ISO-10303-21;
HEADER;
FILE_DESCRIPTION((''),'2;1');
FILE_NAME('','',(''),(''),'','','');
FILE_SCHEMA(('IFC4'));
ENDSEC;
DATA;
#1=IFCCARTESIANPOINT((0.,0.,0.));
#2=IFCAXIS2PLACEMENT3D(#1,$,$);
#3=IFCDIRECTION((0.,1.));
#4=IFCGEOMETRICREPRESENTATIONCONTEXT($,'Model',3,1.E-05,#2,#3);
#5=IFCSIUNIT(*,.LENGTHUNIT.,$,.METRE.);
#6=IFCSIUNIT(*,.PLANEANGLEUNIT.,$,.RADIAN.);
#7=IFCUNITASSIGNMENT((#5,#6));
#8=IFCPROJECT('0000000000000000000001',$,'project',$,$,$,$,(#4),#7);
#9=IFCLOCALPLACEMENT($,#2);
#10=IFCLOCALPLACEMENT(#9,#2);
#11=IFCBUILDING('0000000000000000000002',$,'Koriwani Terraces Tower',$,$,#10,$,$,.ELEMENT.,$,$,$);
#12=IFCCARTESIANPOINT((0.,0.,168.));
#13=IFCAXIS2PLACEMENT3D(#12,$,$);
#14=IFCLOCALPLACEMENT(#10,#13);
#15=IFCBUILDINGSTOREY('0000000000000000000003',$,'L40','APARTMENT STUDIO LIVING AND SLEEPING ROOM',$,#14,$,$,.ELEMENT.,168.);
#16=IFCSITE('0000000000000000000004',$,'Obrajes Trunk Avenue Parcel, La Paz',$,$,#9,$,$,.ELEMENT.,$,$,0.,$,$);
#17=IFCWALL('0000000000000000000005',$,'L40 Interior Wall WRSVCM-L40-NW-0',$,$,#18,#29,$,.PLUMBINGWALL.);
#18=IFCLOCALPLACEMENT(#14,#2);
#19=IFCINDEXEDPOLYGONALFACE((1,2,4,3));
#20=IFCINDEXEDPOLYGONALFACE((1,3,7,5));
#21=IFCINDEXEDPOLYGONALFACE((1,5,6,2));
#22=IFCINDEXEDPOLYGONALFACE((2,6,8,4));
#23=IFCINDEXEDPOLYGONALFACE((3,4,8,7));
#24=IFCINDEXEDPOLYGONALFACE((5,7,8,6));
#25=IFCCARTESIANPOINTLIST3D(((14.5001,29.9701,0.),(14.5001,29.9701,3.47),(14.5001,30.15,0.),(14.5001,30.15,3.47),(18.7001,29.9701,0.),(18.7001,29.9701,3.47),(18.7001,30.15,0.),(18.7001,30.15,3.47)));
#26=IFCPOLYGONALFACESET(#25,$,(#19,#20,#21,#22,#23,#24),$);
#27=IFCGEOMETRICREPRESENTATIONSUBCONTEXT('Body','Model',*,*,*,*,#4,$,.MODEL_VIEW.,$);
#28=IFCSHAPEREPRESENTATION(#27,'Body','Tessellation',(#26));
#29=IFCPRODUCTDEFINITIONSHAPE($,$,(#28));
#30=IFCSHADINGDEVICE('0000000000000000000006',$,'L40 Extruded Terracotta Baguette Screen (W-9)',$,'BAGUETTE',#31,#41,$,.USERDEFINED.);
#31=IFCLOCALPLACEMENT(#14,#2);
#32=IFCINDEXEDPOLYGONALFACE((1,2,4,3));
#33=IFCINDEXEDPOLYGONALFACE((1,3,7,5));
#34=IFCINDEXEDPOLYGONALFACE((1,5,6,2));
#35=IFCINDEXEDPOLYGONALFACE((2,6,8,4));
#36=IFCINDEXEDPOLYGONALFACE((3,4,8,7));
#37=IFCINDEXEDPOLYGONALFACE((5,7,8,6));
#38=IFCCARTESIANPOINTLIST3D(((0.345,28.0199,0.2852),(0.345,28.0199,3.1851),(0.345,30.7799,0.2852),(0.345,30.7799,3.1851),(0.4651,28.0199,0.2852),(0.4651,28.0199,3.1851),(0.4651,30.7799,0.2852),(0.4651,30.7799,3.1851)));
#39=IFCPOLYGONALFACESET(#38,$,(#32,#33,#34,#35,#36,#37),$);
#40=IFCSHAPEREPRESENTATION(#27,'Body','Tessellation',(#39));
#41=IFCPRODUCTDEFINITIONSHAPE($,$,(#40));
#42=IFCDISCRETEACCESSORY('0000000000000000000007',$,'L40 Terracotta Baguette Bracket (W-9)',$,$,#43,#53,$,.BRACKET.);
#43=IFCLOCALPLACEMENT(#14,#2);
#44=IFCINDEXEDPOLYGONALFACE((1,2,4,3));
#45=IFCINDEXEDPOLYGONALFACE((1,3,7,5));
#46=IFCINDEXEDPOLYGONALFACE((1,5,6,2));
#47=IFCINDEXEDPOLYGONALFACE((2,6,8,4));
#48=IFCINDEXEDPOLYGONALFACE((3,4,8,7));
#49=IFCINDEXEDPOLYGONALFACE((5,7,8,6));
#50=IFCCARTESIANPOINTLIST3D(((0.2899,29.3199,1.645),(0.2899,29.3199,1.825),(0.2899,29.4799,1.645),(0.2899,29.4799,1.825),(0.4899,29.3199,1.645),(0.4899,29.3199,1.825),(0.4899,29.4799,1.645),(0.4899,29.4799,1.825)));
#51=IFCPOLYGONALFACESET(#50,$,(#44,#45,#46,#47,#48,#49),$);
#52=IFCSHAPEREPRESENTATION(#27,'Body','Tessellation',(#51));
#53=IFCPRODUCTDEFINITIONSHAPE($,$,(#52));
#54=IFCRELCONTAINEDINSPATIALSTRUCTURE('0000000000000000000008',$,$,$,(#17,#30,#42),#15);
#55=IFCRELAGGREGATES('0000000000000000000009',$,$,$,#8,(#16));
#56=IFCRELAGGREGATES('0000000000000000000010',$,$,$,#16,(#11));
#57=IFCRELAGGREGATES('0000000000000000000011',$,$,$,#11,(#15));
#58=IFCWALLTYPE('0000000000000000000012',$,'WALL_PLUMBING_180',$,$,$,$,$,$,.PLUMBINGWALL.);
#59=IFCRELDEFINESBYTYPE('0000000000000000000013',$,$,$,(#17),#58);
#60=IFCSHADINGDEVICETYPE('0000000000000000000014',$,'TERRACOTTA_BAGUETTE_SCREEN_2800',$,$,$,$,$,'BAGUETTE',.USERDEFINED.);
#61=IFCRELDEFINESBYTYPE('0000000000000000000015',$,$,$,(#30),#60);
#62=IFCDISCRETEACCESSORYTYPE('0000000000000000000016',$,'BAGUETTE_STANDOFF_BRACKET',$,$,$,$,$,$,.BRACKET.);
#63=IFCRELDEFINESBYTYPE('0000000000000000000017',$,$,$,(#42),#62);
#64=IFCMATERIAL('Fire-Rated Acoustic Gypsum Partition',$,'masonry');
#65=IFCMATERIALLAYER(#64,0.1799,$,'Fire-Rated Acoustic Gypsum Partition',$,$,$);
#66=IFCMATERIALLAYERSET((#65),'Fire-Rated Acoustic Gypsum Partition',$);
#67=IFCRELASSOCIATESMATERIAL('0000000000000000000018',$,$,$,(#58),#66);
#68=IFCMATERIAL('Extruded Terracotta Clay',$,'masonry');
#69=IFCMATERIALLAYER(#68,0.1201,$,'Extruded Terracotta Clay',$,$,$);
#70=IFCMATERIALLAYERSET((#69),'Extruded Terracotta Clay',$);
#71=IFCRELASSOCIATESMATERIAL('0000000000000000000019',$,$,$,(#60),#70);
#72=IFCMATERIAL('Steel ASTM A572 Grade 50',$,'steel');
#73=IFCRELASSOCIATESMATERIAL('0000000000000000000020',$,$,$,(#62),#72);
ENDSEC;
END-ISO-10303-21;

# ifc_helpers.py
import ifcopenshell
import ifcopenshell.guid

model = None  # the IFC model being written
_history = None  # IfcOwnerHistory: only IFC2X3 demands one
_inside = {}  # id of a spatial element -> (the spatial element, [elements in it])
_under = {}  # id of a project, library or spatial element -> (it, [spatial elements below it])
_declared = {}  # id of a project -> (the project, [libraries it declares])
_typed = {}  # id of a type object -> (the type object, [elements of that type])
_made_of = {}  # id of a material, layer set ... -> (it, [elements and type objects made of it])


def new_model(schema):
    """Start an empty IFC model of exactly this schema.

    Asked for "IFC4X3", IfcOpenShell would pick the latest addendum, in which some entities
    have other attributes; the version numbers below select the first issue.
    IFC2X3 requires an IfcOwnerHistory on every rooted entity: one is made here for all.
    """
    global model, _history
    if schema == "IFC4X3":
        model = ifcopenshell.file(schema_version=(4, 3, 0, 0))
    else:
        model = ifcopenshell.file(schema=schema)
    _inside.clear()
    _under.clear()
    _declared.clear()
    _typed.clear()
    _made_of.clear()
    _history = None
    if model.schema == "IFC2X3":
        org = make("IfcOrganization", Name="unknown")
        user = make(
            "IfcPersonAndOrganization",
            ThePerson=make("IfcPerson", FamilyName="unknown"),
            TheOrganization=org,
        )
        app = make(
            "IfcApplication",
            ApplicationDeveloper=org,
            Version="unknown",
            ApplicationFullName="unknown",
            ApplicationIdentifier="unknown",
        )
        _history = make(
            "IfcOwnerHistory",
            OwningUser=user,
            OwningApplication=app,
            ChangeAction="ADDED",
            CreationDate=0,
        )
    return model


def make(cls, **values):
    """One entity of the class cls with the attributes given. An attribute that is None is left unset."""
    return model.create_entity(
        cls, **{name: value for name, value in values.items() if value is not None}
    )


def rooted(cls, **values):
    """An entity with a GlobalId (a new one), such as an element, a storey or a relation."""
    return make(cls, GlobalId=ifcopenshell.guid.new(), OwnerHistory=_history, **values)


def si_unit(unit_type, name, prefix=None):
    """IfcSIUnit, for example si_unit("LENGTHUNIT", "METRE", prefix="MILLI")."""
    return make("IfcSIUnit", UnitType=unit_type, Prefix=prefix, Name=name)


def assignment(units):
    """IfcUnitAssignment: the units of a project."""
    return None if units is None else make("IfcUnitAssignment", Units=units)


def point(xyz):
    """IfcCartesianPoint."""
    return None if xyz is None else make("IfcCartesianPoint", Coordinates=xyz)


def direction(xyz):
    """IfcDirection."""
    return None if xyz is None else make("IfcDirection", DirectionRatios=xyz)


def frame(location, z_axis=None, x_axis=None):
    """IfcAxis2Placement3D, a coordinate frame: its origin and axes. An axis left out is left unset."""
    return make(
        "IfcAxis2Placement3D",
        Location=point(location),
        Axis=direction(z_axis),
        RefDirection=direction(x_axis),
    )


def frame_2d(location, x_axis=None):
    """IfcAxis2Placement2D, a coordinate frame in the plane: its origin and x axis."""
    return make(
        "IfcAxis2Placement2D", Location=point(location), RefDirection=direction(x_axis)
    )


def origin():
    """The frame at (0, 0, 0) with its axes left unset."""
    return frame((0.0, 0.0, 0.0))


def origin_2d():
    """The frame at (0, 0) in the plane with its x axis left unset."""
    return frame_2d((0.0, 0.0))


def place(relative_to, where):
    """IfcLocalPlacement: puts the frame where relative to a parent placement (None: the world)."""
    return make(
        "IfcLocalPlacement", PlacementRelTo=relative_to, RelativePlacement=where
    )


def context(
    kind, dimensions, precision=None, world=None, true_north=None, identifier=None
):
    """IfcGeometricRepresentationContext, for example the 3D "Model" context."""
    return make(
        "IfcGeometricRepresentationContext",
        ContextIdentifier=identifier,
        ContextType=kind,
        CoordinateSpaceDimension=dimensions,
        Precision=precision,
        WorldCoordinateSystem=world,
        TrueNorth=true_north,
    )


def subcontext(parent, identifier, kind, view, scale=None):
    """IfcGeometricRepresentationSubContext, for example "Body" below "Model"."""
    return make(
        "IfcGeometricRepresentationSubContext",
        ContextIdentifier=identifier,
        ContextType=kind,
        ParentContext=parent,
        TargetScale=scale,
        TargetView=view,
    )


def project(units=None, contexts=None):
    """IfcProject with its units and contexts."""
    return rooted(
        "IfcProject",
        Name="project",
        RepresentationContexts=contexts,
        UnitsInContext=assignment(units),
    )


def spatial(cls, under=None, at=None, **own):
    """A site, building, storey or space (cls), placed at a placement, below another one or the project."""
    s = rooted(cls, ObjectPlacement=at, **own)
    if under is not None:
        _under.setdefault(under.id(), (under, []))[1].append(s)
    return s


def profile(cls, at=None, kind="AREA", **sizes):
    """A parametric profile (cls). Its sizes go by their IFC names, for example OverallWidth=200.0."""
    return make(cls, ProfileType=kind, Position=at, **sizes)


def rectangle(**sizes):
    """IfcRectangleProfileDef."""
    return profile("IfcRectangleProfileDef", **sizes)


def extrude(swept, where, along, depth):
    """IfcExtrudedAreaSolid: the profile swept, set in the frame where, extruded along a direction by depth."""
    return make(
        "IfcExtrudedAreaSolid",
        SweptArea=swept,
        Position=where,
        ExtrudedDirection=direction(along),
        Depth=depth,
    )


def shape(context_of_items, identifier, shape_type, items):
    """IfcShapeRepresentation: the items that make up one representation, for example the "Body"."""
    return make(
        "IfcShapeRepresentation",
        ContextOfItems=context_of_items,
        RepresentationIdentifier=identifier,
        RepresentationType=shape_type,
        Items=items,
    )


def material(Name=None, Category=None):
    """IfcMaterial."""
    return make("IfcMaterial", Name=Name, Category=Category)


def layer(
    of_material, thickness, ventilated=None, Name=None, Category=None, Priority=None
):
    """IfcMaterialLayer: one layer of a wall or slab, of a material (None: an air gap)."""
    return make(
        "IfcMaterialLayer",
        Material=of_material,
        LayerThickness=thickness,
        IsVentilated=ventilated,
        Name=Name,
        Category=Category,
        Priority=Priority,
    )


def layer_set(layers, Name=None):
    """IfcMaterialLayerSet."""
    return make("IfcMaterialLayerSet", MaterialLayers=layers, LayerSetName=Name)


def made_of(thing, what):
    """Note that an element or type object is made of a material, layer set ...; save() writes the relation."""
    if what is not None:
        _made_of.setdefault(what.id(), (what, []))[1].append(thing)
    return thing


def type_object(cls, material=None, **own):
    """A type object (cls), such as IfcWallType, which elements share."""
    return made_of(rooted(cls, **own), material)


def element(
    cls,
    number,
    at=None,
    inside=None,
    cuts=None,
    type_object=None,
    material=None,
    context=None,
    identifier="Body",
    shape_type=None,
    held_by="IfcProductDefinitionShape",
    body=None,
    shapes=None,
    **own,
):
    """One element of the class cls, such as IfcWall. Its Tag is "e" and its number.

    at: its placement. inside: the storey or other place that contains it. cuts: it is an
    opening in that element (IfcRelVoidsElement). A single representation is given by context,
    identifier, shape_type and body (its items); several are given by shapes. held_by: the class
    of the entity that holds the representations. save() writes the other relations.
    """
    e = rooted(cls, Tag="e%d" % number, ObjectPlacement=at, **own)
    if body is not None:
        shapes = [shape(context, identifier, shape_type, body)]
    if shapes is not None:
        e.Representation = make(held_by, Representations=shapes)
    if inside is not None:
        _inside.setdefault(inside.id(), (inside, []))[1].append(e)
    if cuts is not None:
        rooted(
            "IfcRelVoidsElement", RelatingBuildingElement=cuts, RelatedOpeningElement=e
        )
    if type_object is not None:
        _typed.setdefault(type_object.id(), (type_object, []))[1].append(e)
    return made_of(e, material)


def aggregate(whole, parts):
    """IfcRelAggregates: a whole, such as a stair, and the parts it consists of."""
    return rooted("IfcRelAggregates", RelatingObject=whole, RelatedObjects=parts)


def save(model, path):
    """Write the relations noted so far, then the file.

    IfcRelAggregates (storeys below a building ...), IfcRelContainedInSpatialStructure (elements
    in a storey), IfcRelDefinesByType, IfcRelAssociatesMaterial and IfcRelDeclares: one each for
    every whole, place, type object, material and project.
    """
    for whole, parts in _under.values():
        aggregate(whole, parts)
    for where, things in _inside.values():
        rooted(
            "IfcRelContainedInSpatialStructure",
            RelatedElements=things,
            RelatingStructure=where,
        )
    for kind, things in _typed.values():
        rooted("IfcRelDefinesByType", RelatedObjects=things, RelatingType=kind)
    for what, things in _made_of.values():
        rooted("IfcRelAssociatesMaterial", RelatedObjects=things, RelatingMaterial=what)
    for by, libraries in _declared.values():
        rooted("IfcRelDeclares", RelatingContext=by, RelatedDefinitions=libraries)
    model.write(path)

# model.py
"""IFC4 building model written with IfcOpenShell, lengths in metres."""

from ifc_helpers import new_model, si_unit, direction, frame, frame_2d, origin, origin_2d, place, context, subcontext, project, spatial, rectangle, extrude, material, layer, layer_set, type_object, element, save


model = new_model("IFC4")

# Units and contexts
model_context = context("Model", 3, precision=1e-05, world=origin(), true_north=direction((0.0, 1.0)))
body_context = subcontext(model_context, "Body", "Model", "MODEL_VIEW")
ifc_project = project(units=[si_unit("LENGTHUNIT", "METRE"), si_unit("PLANEANGLEUNIT", "RADIAN")], contexts=[model_context])

# Site, building, storey
site_placement = place(None, origin())
site = spatial("IfcSite", under=ifc_project, at=site_placement, Name="Obrajes Trunk Avenue Parcel, La Paz", CompositionType="ELEMENT", RefElevation=0.0)
building_placement = place(site_placement, origin())
building = spatial("IfcBuilding", under=site, at=building_placement, Name="Koriwani Terraces Tower", CompositionType="ELEMENT")
storey_placement = place(building_placement, frame((0.0, 0.0, 168.0)))
storey = spatial("IfcBuildingStorey", under=building, at=storey_placement, Name="L40", Description="APARTMENT STUDIO LIVING AND SLEEPING ROOM", CompositionType="ELEMENT", Elevation=168.0)

# Shared definitions
ifc_material_1 = material(Name="Steel ASTM A572 Grade 50", Category="steel")

# Shared definitions
ifc_material_2 = material(Name="Fire-Rated Acoustic Gypsum Partition", Category="masonry")
ifc_layer_1 = layer(ifc_material_2, 0.1799, Name="Fire-Rated Acoustic Gypsum Partition")
ifc_layer_set_1 = layer_set([ifc_layer_1], Name="Fire-Rated Acoustic Gypsum Partition")
wall_type_1 = type_object("IfcWallType", Name="WALL_PLUMBING_180", PredefinedType="PLUMBINGWALL", material=ifc_layer_set_1)

# Wall
for number, where, z_axis, x_axis, name in (
    (1, (14.5, 30.0601, 0.0), (0.0, 0.0, 1.0), (1.0, 0.0, 0.0), "L40 Interior Wall WRSVCM-L40-NW-0"),
):
    element("IfcWall", number, at=place(storey_placement, frame(where, z_axis=z_axis, x_axis=x_axis)), inside=storey, type_object=wall_type_1, Name=name, PredefinedType="PLUMBINGWALL", context=body_context, shape_type="SweptSolid", body=[
        extrude(rectangle(XDim=4.2, YDim=0.1799, at=frame_2d((2.1001, 0.0))), origin(), (0.0, 0.0, 1.0), 3.47),
    ])

# Shading device
ifc_material_3 = material(Name="Extruded Terracotta Clay", Category="masonry")
ifc_layer_2 = layer(ifc_material_3, 0.1201, Name="Extruded Terracotta Clay")
ifc_layer_set_2 = layer_set([ifc_layer_2], Name="Extruded Terracotta Clay")
shading_device_type = type_object("IfcShadingDeviceType", Name="TERRACOTTA_BAGUETTE_SCREEN_2800", ElementType="BAGUETTE", PredefinedType="USERDEFINED", material=ifc_layer_set_2)
shading_device_placement = place(storey_placement, frame((0.405, 29.3999, 0.2852), z_axis=(0.0, 0.0, 1.0), x_axis=(0.0, 1.0, 0.0)))
element("IfcShadingDevice", 2, at=shading_device_placement, inside=storey, type_object=shading_device_type, Name="L40 Extruded Terracotta Baguette Screen (W-9)", ObjectType="BAGUETTE", PredefinedType="USERDEFINED", context=body_context, shape_type="SweptSolid", body=[
    extrude(rectangle(XDim=2.76, YDim=0.1201, at=origin_2d()), origin(), (0.0, 0.0, 1.0), 2.8999),
])

# Discrete accessory
discrete_accessory_type = type_object("IfcDiscreteAccessoryType", Name="BAGUETTE_STANDOFF_BRACKET", PredefinedType="BRACKET", material=ifc_material_1)
discrete_accessory_placement = place(storey_placement, frame((0.3899, 29.3999, 1.645), z_axis=(0.0, 0.0, 1.0), x_axis=(0.0, 1.0, 0.0)))
element("IfcDiscreteAccessory", 3, at=discrete_accessory_placement, inside=storey, type_object=discrete_accessory_type, Name="L40 Terracotta Baguette Bracket (W-9)", PredefinedType="BRACKET", context=body_context, shape_type="SweptSolid", body=[
    extrude(rectangle(XDim=0.1599, YDim=0.2, at=origin_2d()), origin(), (0.0, 0.0, 1.0), 0.1799),
])

save(model, "model.ifc")
